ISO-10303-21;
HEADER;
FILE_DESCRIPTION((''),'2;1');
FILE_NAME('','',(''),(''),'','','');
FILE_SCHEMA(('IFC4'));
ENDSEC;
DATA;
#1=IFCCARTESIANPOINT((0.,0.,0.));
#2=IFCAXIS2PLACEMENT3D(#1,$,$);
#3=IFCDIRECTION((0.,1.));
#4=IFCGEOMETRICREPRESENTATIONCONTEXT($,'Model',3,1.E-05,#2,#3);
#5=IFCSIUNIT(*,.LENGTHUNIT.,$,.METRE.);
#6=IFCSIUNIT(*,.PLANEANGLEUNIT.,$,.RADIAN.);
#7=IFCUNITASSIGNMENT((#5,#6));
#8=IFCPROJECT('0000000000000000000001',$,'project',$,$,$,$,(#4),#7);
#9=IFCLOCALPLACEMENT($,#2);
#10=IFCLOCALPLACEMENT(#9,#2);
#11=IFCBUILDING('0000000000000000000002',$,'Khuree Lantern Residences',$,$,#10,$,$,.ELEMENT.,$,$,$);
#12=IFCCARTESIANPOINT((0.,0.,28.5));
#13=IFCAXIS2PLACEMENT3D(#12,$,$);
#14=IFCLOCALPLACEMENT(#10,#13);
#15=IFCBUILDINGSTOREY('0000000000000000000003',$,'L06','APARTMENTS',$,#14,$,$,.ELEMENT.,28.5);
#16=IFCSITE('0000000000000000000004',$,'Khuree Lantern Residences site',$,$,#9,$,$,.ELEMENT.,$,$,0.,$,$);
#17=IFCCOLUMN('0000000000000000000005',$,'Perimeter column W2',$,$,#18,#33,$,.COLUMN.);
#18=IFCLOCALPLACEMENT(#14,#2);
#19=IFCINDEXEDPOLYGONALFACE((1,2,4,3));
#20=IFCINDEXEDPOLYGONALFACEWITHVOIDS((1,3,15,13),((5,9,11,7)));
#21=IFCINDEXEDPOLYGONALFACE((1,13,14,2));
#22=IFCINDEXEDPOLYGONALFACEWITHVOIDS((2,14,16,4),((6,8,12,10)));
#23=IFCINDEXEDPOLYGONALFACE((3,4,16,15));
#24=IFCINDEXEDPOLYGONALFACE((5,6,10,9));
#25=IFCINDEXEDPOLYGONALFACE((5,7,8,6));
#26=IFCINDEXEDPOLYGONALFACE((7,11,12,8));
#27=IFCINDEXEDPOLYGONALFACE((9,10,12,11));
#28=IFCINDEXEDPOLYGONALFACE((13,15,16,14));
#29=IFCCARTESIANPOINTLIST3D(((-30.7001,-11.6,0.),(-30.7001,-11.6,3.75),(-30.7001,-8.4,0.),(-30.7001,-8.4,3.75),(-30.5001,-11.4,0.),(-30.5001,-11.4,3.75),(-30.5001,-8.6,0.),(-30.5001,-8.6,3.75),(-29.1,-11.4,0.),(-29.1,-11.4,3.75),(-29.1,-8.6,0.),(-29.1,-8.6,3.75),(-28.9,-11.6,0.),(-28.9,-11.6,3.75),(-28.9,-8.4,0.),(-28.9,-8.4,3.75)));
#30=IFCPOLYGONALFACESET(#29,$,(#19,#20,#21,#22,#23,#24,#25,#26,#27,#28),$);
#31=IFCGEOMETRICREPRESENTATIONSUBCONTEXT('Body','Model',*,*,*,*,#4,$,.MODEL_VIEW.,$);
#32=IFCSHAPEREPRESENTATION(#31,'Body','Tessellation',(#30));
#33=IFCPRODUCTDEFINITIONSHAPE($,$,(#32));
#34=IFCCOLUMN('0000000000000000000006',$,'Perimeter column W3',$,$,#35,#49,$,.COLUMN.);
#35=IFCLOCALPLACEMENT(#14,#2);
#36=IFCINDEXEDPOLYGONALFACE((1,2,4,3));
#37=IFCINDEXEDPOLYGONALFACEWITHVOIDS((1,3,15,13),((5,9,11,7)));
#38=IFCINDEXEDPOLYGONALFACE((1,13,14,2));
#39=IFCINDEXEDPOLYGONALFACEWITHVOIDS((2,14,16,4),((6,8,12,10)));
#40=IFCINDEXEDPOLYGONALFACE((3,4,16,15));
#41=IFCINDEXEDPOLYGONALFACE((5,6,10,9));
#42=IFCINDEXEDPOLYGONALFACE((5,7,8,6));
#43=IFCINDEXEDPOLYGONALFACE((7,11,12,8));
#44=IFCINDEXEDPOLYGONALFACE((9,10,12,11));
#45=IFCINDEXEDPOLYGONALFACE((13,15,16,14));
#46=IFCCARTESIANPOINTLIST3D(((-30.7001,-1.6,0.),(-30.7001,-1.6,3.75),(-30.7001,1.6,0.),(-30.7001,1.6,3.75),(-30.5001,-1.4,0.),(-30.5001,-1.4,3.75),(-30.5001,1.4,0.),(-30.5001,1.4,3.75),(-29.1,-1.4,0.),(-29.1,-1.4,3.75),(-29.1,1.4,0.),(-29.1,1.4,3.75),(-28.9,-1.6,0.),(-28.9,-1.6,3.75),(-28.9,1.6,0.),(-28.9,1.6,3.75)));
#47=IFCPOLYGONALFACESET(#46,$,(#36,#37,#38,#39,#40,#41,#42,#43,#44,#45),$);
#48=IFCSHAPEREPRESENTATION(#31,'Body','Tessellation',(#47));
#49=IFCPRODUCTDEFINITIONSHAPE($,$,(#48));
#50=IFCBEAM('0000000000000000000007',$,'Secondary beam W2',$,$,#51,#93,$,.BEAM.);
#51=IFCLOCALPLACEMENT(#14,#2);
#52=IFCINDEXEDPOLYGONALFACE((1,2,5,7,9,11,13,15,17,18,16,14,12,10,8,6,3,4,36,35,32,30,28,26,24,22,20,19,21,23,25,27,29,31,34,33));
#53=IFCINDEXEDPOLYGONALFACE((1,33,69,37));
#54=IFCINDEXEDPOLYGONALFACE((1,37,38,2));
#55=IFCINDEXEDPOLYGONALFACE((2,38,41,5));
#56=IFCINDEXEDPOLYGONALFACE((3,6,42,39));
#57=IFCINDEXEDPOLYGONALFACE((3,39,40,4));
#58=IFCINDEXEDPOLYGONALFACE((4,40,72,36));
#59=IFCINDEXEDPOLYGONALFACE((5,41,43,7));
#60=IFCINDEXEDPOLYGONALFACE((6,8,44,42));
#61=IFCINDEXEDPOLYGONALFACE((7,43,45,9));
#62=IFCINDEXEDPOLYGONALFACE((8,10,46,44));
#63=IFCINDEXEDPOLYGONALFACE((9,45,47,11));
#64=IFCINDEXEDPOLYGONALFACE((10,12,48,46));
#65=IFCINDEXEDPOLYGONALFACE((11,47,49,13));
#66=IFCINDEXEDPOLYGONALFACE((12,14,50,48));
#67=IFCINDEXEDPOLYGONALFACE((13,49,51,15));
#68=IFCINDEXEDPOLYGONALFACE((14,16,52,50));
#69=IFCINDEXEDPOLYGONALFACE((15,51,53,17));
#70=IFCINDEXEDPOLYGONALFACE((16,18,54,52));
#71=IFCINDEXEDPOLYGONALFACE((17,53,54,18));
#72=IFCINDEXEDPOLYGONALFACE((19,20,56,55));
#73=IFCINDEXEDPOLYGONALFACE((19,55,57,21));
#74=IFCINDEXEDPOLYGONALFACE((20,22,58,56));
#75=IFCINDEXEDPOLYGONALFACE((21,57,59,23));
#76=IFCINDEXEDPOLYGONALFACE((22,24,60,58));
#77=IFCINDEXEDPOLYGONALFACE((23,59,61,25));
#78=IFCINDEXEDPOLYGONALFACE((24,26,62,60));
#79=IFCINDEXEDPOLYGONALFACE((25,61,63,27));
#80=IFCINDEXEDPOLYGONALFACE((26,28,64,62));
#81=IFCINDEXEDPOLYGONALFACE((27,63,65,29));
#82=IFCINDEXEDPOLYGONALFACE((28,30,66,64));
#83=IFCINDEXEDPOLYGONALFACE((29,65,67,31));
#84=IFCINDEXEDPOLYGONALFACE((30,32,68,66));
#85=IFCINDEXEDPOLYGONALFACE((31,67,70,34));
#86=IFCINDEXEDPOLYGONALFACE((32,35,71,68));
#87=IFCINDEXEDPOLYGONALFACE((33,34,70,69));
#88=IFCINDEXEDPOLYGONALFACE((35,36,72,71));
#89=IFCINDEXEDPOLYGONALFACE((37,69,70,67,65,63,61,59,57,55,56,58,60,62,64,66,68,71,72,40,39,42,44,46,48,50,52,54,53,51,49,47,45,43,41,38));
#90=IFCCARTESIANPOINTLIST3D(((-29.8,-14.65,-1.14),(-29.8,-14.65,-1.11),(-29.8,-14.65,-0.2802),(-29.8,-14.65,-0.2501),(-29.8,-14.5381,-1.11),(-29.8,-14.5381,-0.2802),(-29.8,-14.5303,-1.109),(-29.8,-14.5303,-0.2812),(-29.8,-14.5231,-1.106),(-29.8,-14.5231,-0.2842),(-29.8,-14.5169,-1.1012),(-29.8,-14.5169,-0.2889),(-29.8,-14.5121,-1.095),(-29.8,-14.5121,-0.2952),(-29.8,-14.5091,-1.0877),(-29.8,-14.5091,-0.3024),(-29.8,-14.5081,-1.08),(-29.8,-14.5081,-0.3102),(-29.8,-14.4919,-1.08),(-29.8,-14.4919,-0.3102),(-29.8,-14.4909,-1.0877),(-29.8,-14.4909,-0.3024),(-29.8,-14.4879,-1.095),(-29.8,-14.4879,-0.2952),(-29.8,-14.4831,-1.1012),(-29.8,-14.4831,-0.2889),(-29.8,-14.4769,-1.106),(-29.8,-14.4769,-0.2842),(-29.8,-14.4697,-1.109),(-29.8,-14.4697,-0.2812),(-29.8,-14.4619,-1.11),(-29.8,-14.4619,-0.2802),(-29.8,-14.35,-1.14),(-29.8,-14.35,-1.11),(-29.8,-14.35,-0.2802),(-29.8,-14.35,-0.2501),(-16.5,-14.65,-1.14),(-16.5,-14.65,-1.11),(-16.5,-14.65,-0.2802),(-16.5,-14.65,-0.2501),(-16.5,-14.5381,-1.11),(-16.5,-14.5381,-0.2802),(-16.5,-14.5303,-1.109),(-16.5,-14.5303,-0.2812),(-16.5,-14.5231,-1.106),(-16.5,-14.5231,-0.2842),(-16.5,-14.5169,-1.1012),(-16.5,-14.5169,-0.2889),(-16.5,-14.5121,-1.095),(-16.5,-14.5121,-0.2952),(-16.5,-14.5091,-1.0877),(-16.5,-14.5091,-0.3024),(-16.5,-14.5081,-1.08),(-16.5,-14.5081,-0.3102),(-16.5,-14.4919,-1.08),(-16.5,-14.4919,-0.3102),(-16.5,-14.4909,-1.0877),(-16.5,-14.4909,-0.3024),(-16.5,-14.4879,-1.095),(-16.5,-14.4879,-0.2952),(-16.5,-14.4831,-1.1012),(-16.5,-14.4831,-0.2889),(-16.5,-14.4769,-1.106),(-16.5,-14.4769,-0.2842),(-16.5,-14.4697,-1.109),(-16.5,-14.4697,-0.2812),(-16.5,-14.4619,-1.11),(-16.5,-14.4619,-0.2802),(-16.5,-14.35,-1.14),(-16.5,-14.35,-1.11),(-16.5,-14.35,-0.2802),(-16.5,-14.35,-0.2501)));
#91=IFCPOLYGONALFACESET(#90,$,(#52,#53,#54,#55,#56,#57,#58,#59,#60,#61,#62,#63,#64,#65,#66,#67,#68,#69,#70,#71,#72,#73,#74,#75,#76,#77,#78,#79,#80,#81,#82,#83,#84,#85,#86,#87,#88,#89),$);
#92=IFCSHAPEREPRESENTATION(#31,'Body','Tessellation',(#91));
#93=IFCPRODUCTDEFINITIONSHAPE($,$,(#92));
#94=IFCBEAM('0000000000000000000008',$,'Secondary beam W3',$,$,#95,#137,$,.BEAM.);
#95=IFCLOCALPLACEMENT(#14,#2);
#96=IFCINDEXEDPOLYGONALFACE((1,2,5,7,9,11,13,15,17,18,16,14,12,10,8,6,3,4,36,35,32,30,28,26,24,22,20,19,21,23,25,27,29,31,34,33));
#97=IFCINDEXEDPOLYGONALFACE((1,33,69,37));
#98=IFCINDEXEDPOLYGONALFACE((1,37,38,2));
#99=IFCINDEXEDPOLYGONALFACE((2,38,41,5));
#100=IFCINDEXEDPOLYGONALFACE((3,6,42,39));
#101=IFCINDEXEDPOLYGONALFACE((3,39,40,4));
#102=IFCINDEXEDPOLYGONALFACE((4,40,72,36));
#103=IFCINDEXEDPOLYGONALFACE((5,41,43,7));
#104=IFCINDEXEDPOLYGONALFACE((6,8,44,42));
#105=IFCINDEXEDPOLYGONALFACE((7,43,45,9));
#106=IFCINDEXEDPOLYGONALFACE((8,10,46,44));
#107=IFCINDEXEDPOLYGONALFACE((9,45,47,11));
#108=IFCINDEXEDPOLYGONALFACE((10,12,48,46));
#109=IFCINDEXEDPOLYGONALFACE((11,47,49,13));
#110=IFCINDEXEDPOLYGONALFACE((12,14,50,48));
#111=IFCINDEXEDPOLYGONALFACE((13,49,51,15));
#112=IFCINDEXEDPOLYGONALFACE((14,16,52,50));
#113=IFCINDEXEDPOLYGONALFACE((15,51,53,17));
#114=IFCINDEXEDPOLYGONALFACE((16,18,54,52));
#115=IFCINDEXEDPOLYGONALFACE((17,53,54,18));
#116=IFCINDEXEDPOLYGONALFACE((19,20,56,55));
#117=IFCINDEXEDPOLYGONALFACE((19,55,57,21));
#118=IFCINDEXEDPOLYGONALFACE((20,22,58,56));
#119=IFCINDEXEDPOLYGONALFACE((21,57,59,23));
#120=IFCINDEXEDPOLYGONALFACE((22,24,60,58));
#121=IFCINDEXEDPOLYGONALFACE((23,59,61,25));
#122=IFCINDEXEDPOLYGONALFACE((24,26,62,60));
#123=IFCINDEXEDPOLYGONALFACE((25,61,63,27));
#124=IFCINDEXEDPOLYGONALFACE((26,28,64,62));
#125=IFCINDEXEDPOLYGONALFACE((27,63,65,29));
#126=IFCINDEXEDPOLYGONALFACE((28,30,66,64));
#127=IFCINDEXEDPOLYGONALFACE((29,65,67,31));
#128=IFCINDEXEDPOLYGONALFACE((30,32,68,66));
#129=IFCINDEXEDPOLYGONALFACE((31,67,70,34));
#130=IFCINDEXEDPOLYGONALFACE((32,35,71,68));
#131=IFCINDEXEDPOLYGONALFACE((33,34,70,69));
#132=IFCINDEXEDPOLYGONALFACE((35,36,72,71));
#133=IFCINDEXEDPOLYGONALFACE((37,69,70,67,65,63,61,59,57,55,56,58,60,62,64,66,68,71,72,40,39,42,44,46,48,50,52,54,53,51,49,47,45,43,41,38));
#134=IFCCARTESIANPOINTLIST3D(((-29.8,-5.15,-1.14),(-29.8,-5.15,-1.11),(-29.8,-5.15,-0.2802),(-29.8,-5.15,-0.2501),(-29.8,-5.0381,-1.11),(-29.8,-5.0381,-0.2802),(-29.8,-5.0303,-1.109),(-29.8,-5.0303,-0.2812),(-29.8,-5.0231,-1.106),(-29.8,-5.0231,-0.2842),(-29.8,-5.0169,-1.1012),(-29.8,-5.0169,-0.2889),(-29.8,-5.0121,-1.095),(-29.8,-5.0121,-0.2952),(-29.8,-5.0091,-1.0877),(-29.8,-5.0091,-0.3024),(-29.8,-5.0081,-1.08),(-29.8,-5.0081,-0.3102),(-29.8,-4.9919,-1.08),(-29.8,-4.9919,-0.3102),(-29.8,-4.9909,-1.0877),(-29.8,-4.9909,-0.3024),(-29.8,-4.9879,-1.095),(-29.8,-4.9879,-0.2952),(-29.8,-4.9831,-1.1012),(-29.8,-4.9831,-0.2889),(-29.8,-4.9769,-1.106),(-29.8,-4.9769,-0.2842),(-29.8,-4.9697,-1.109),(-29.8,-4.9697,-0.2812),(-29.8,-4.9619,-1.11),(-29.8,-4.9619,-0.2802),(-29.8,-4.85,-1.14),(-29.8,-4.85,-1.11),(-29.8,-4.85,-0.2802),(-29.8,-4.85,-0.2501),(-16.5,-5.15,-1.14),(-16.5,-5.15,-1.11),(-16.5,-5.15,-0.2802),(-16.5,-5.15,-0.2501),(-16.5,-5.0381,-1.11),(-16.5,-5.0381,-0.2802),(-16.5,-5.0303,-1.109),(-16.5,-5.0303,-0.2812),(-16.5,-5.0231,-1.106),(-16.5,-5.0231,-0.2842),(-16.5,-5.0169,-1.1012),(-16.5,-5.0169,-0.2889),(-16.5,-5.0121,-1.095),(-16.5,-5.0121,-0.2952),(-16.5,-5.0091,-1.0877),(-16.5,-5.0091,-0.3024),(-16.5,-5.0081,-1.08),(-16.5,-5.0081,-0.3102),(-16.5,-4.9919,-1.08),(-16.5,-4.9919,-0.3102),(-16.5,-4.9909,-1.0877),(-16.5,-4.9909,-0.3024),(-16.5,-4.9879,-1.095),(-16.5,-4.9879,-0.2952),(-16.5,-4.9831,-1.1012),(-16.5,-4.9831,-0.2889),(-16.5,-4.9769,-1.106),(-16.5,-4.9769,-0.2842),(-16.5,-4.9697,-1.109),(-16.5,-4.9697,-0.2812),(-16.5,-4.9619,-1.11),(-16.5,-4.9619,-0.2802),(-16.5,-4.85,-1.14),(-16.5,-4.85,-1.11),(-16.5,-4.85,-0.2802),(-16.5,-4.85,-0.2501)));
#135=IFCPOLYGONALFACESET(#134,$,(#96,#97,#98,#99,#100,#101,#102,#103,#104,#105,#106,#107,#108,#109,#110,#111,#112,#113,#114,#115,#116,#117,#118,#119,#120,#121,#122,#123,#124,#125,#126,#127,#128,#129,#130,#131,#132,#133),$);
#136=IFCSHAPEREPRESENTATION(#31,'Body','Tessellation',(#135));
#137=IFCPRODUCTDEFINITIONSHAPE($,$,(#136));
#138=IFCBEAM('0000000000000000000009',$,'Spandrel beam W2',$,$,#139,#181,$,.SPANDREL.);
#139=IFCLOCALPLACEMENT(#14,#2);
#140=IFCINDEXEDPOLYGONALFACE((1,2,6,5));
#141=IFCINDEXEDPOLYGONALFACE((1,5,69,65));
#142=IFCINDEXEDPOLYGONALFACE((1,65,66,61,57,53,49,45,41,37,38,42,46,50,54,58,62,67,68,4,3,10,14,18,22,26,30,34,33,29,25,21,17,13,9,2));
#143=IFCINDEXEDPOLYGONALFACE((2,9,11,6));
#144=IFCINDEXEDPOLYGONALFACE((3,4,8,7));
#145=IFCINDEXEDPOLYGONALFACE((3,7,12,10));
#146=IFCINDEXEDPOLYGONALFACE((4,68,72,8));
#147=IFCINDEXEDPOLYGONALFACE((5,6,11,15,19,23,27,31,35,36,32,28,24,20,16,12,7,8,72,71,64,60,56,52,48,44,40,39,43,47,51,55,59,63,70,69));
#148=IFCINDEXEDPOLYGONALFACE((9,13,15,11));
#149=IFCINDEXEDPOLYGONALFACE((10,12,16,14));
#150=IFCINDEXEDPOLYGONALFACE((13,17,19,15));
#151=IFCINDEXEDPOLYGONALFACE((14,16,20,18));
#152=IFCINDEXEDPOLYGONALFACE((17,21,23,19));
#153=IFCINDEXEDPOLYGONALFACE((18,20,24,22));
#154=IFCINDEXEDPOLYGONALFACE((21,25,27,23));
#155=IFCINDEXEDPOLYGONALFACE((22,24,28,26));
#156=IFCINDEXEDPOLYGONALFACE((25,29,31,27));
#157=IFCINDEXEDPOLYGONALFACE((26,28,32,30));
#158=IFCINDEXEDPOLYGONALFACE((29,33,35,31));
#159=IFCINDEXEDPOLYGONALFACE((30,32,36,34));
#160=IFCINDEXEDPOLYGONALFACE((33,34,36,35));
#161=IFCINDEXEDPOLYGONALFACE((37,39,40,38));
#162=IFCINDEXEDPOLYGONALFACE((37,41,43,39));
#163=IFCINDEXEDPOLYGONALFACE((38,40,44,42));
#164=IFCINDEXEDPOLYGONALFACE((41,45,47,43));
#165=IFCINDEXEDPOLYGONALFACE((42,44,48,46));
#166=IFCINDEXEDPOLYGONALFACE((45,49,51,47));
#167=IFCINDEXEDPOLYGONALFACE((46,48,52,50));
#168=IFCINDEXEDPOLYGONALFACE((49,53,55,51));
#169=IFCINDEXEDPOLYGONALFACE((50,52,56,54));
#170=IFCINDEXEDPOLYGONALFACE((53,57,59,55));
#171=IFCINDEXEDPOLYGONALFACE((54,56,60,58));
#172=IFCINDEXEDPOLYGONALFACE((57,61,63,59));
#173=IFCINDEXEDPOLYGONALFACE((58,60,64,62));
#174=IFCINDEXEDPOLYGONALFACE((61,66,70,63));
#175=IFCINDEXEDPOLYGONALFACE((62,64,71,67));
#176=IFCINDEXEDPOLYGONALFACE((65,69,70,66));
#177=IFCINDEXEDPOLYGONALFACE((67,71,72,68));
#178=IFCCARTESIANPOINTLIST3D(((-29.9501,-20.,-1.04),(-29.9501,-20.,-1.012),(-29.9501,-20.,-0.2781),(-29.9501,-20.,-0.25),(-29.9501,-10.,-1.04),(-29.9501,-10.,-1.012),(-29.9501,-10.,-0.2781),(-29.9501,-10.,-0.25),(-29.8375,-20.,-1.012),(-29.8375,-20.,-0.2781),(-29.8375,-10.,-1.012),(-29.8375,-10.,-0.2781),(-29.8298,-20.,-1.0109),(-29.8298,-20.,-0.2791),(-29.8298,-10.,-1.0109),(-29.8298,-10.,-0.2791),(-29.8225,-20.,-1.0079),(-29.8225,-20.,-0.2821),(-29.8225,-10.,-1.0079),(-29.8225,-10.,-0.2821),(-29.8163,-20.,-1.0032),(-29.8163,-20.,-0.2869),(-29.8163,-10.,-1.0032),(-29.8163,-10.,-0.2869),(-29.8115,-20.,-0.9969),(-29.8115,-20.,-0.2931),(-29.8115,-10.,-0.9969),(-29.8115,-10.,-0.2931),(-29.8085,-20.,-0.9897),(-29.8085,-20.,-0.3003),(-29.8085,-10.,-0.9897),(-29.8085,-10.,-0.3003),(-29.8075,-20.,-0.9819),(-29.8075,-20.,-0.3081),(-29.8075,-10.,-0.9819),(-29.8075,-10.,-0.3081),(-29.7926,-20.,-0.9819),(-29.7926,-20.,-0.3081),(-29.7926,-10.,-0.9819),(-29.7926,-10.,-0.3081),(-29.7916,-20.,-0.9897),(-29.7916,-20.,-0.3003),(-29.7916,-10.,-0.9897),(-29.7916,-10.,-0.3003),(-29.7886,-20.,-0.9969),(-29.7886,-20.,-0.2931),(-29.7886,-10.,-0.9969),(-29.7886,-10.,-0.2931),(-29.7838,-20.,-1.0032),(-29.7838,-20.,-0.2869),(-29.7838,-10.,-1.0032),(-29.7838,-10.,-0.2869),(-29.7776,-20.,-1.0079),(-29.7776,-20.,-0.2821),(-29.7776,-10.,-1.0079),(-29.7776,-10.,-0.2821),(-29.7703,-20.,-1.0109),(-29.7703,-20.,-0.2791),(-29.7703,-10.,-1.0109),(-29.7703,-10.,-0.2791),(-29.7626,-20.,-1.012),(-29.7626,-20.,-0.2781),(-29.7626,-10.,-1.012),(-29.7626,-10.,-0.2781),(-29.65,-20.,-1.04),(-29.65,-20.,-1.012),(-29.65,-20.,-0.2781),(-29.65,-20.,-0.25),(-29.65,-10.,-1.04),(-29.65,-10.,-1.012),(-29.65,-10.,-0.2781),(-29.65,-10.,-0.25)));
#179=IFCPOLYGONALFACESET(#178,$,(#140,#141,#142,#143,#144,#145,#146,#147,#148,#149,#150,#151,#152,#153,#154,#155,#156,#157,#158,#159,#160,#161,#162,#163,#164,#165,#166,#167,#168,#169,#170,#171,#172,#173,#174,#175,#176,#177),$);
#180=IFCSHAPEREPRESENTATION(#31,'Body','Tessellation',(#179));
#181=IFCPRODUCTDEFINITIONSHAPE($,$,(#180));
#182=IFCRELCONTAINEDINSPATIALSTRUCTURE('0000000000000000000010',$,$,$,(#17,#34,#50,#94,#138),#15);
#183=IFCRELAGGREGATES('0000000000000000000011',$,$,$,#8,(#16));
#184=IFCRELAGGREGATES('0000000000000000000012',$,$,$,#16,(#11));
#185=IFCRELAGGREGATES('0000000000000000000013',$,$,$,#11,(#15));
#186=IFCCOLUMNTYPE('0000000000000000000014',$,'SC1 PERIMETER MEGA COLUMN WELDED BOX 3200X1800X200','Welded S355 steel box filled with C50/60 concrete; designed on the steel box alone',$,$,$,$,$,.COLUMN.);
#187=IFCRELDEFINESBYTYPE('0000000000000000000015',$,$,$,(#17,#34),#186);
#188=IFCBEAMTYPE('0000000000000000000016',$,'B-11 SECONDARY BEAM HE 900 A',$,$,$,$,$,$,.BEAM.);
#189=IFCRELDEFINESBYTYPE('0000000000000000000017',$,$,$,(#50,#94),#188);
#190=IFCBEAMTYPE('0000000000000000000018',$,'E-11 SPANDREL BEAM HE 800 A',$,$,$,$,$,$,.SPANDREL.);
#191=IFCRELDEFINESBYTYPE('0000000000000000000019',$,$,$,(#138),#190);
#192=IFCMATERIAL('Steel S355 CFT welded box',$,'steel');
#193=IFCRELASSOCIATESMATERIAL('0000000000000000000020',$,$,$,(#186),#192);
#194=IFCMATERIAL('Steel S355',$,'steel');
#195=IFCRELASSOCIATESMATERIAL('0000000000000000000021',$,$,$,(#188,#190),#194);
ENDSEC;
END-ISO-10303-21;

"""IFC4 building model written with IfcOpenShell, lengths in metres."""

from ifc_helpers import new_model, si_unit, direction, frame, origin, origin_2d, place, context, subcontext, project, spatial, hollow_rectangle, i_section, extrude, material, material_profile, profile_set, type_object, element, save


model = new_model("IFC4")

# Units and contexts
model_context = context("Model", 3, precision=1e-05, world=origin(), true_north=direction((0.0, 1.0)))
body_context = subcontext(model_context, "Body", "Model", "MODEL_VIEW")
ifc_project = project(units=[si_unit("LENGTHUNIT", "METRE"), si_unit("PLANEANGLEUNIT", "RADIAN")], contexts=[model_context])

# Site, building, storey
site_placement = place(None, origin())
site = spatial("IfcSite", under=ifc_project, at=site_placement, Name="Khuree Lantern Residences site", CompositionType="ELEMENT", RefElevation=0.0)
building_placement = place(site_placement, origin())
building = spatial("IfcBuilding", under=site, at=building_placement, Name="Khuree Lantern Residences", CompositionType="ELEMENT")
storey_placement = place(building_placement, frame((0.0, 0.0, 28.5)))
storey = spatial("IfcBuildingStorey", under=building, at=storey_placement, Name="L06", Description="APARTMENTS", CompositionType="ELEMENT", Elevation=28.5)

# Columns
ifc_material_1 = material(Name="Steel S355 CFT welded box", Category="steel")
ifc_material_profile_1 = material_profile(ifc_material_1, hollow_rectangle(XDim=3.2, YDim=1.8, WallThickness=0.2, at=origin_2d()), Name="WELDED BOX 3200X1800X200")
ifc_profile_set_1 = profile_set([ifc_material_profile_1], Name="Steel S355 CFT welded box")
column_type = type_object("IfcColumnType", Name="SC1 PERIMETER MEGA COLUMN WELDED BOX 3200X1800X200", Description="Welded S355 steel box filled with C50/60 concrete; designed on the steel box alone", PredefinedType="COLUMN", material=ifc_profile_set_1)
for number, where, z_axis, x_axis, name in (
    (1, (-29.8, -10.0, 0.0), (0.0, 0.0, 1.0), (0.0, 1.0, 0.0), "Perimeter column W2"),
    (2, (-29.8, 0.0, 0.0), (0.0, 0.0, 1.0), (0.0, 1.0, 0.0), "Perimeter column W3"),
):
    element("IfcColumn", number, at=place(storey_placement, frame(where, z_axis=z_axis, x_axis=x_axis)), inside=storey, type_object=column_type, Name=name, PredefinedType="COLUMN", context=body_context, shape_type="SweptSolid", body=[
        extrude(hollow_rectangle(XDim=3.2, YDim=1.8, WallThickness=0.2, at=origin_2d()), origin(), (0.0, 0.0, 1.0), 3.75),
    ])

# Beams
ifc_material_2 = material(Name="Steel S355", Category="steel")
ifc_material_profile_2 = material_profile(ifc_material_2, i_section(OverallWidth=0.3, OverallDepth=0.8899, WebThickness=0.0161, FlangeThickness=0.03, FilletRadius=0.03, at=origin_2d()), Name="HE 900 A")
ifc_profile_set_2 = profile_set([ifc_material_profile_2], Name="Steel S355")
beam_type_1 = type_object("IfcBeamType", Name="B-11 SECONDARY BEAM HE 900 A", PredefinedType="BEAM", material=ifc_profile_set_2)
for number, where, z_axis, x_axis, name in (
    (3, (-29.8, -14.5, -0.6951), (1.0, 0.0, 0.0), (0.0, 1.0, 0.0), "Secondary beam W2"),
    (4, (-29.8, -5.0, -0.6951), (1.0, 0.0, 0.0), (0.0, 1.0, 0.0), "Secondary beam W3"),
):
    element("IfcBeam", number, at=place(storey_placement, frame(where, z_axis=z_axis, x_axis=x_axis)), inside=storey, type_object=beam_type_1, Name=name, PredefinedType="BEAM", context=body_context, shape_type="SweptSolid", body=[
        extrude(i_section(OverallWidth=0.3, OverallDepth=0.8899, WebThickness=0.0161, FlangeThickness=0.03, FilletRadius=0.03, at=origin_2d()), origin(), (0.0, 0.0, 1.0), 13.3),
    ])
ifc_material_profile_3 = material_profile(ifc_material_2, i_section(OverallWidth=0.3, OverallDepth=0.79, WebThickness=0.0149, FlangeThickness=0.0281, FilletRadius=0.03, at=origin_2d()), Name="HE 800 A")
ifc_profile_set_3 = profile_set([ifc_material_profile_3], Name="Steel S355")
beam_type_2 = type_object("IfcBeamType", Name="E-11 SPANDREL BEAM HE 800 A", PredefinedType="SPANDREL", material=ifc_profile_set_3)
for number, where, z_axis, x_axis, name in (
    (5, (-29.8, -20.0, -0.645), (0.0, 1.0, 0.0), (-1.0, 0.0, 0.0), "Spandrel beam W2"),
):
    element("IfcBeam", number, at=place(storey_placement, frame(where, z_axis=z_axis, x_axis=x_axis)), inside=storey, type_object=beam_type_2, Name=name, PredefinedType="SPANDREL", context=body_context, shape_type="SweptSolid", body=[
        extrude(i_section(OverallWidth=0.3, OverallDepth=0.79, WebThickness=0.0149, FlangeThickness=0.0281, FilletRadius=0.03, at=origin_2d()), origin(), (0.0, 0.0, 1.0), 10.0),
    ])

save(model, "model.ifc")
